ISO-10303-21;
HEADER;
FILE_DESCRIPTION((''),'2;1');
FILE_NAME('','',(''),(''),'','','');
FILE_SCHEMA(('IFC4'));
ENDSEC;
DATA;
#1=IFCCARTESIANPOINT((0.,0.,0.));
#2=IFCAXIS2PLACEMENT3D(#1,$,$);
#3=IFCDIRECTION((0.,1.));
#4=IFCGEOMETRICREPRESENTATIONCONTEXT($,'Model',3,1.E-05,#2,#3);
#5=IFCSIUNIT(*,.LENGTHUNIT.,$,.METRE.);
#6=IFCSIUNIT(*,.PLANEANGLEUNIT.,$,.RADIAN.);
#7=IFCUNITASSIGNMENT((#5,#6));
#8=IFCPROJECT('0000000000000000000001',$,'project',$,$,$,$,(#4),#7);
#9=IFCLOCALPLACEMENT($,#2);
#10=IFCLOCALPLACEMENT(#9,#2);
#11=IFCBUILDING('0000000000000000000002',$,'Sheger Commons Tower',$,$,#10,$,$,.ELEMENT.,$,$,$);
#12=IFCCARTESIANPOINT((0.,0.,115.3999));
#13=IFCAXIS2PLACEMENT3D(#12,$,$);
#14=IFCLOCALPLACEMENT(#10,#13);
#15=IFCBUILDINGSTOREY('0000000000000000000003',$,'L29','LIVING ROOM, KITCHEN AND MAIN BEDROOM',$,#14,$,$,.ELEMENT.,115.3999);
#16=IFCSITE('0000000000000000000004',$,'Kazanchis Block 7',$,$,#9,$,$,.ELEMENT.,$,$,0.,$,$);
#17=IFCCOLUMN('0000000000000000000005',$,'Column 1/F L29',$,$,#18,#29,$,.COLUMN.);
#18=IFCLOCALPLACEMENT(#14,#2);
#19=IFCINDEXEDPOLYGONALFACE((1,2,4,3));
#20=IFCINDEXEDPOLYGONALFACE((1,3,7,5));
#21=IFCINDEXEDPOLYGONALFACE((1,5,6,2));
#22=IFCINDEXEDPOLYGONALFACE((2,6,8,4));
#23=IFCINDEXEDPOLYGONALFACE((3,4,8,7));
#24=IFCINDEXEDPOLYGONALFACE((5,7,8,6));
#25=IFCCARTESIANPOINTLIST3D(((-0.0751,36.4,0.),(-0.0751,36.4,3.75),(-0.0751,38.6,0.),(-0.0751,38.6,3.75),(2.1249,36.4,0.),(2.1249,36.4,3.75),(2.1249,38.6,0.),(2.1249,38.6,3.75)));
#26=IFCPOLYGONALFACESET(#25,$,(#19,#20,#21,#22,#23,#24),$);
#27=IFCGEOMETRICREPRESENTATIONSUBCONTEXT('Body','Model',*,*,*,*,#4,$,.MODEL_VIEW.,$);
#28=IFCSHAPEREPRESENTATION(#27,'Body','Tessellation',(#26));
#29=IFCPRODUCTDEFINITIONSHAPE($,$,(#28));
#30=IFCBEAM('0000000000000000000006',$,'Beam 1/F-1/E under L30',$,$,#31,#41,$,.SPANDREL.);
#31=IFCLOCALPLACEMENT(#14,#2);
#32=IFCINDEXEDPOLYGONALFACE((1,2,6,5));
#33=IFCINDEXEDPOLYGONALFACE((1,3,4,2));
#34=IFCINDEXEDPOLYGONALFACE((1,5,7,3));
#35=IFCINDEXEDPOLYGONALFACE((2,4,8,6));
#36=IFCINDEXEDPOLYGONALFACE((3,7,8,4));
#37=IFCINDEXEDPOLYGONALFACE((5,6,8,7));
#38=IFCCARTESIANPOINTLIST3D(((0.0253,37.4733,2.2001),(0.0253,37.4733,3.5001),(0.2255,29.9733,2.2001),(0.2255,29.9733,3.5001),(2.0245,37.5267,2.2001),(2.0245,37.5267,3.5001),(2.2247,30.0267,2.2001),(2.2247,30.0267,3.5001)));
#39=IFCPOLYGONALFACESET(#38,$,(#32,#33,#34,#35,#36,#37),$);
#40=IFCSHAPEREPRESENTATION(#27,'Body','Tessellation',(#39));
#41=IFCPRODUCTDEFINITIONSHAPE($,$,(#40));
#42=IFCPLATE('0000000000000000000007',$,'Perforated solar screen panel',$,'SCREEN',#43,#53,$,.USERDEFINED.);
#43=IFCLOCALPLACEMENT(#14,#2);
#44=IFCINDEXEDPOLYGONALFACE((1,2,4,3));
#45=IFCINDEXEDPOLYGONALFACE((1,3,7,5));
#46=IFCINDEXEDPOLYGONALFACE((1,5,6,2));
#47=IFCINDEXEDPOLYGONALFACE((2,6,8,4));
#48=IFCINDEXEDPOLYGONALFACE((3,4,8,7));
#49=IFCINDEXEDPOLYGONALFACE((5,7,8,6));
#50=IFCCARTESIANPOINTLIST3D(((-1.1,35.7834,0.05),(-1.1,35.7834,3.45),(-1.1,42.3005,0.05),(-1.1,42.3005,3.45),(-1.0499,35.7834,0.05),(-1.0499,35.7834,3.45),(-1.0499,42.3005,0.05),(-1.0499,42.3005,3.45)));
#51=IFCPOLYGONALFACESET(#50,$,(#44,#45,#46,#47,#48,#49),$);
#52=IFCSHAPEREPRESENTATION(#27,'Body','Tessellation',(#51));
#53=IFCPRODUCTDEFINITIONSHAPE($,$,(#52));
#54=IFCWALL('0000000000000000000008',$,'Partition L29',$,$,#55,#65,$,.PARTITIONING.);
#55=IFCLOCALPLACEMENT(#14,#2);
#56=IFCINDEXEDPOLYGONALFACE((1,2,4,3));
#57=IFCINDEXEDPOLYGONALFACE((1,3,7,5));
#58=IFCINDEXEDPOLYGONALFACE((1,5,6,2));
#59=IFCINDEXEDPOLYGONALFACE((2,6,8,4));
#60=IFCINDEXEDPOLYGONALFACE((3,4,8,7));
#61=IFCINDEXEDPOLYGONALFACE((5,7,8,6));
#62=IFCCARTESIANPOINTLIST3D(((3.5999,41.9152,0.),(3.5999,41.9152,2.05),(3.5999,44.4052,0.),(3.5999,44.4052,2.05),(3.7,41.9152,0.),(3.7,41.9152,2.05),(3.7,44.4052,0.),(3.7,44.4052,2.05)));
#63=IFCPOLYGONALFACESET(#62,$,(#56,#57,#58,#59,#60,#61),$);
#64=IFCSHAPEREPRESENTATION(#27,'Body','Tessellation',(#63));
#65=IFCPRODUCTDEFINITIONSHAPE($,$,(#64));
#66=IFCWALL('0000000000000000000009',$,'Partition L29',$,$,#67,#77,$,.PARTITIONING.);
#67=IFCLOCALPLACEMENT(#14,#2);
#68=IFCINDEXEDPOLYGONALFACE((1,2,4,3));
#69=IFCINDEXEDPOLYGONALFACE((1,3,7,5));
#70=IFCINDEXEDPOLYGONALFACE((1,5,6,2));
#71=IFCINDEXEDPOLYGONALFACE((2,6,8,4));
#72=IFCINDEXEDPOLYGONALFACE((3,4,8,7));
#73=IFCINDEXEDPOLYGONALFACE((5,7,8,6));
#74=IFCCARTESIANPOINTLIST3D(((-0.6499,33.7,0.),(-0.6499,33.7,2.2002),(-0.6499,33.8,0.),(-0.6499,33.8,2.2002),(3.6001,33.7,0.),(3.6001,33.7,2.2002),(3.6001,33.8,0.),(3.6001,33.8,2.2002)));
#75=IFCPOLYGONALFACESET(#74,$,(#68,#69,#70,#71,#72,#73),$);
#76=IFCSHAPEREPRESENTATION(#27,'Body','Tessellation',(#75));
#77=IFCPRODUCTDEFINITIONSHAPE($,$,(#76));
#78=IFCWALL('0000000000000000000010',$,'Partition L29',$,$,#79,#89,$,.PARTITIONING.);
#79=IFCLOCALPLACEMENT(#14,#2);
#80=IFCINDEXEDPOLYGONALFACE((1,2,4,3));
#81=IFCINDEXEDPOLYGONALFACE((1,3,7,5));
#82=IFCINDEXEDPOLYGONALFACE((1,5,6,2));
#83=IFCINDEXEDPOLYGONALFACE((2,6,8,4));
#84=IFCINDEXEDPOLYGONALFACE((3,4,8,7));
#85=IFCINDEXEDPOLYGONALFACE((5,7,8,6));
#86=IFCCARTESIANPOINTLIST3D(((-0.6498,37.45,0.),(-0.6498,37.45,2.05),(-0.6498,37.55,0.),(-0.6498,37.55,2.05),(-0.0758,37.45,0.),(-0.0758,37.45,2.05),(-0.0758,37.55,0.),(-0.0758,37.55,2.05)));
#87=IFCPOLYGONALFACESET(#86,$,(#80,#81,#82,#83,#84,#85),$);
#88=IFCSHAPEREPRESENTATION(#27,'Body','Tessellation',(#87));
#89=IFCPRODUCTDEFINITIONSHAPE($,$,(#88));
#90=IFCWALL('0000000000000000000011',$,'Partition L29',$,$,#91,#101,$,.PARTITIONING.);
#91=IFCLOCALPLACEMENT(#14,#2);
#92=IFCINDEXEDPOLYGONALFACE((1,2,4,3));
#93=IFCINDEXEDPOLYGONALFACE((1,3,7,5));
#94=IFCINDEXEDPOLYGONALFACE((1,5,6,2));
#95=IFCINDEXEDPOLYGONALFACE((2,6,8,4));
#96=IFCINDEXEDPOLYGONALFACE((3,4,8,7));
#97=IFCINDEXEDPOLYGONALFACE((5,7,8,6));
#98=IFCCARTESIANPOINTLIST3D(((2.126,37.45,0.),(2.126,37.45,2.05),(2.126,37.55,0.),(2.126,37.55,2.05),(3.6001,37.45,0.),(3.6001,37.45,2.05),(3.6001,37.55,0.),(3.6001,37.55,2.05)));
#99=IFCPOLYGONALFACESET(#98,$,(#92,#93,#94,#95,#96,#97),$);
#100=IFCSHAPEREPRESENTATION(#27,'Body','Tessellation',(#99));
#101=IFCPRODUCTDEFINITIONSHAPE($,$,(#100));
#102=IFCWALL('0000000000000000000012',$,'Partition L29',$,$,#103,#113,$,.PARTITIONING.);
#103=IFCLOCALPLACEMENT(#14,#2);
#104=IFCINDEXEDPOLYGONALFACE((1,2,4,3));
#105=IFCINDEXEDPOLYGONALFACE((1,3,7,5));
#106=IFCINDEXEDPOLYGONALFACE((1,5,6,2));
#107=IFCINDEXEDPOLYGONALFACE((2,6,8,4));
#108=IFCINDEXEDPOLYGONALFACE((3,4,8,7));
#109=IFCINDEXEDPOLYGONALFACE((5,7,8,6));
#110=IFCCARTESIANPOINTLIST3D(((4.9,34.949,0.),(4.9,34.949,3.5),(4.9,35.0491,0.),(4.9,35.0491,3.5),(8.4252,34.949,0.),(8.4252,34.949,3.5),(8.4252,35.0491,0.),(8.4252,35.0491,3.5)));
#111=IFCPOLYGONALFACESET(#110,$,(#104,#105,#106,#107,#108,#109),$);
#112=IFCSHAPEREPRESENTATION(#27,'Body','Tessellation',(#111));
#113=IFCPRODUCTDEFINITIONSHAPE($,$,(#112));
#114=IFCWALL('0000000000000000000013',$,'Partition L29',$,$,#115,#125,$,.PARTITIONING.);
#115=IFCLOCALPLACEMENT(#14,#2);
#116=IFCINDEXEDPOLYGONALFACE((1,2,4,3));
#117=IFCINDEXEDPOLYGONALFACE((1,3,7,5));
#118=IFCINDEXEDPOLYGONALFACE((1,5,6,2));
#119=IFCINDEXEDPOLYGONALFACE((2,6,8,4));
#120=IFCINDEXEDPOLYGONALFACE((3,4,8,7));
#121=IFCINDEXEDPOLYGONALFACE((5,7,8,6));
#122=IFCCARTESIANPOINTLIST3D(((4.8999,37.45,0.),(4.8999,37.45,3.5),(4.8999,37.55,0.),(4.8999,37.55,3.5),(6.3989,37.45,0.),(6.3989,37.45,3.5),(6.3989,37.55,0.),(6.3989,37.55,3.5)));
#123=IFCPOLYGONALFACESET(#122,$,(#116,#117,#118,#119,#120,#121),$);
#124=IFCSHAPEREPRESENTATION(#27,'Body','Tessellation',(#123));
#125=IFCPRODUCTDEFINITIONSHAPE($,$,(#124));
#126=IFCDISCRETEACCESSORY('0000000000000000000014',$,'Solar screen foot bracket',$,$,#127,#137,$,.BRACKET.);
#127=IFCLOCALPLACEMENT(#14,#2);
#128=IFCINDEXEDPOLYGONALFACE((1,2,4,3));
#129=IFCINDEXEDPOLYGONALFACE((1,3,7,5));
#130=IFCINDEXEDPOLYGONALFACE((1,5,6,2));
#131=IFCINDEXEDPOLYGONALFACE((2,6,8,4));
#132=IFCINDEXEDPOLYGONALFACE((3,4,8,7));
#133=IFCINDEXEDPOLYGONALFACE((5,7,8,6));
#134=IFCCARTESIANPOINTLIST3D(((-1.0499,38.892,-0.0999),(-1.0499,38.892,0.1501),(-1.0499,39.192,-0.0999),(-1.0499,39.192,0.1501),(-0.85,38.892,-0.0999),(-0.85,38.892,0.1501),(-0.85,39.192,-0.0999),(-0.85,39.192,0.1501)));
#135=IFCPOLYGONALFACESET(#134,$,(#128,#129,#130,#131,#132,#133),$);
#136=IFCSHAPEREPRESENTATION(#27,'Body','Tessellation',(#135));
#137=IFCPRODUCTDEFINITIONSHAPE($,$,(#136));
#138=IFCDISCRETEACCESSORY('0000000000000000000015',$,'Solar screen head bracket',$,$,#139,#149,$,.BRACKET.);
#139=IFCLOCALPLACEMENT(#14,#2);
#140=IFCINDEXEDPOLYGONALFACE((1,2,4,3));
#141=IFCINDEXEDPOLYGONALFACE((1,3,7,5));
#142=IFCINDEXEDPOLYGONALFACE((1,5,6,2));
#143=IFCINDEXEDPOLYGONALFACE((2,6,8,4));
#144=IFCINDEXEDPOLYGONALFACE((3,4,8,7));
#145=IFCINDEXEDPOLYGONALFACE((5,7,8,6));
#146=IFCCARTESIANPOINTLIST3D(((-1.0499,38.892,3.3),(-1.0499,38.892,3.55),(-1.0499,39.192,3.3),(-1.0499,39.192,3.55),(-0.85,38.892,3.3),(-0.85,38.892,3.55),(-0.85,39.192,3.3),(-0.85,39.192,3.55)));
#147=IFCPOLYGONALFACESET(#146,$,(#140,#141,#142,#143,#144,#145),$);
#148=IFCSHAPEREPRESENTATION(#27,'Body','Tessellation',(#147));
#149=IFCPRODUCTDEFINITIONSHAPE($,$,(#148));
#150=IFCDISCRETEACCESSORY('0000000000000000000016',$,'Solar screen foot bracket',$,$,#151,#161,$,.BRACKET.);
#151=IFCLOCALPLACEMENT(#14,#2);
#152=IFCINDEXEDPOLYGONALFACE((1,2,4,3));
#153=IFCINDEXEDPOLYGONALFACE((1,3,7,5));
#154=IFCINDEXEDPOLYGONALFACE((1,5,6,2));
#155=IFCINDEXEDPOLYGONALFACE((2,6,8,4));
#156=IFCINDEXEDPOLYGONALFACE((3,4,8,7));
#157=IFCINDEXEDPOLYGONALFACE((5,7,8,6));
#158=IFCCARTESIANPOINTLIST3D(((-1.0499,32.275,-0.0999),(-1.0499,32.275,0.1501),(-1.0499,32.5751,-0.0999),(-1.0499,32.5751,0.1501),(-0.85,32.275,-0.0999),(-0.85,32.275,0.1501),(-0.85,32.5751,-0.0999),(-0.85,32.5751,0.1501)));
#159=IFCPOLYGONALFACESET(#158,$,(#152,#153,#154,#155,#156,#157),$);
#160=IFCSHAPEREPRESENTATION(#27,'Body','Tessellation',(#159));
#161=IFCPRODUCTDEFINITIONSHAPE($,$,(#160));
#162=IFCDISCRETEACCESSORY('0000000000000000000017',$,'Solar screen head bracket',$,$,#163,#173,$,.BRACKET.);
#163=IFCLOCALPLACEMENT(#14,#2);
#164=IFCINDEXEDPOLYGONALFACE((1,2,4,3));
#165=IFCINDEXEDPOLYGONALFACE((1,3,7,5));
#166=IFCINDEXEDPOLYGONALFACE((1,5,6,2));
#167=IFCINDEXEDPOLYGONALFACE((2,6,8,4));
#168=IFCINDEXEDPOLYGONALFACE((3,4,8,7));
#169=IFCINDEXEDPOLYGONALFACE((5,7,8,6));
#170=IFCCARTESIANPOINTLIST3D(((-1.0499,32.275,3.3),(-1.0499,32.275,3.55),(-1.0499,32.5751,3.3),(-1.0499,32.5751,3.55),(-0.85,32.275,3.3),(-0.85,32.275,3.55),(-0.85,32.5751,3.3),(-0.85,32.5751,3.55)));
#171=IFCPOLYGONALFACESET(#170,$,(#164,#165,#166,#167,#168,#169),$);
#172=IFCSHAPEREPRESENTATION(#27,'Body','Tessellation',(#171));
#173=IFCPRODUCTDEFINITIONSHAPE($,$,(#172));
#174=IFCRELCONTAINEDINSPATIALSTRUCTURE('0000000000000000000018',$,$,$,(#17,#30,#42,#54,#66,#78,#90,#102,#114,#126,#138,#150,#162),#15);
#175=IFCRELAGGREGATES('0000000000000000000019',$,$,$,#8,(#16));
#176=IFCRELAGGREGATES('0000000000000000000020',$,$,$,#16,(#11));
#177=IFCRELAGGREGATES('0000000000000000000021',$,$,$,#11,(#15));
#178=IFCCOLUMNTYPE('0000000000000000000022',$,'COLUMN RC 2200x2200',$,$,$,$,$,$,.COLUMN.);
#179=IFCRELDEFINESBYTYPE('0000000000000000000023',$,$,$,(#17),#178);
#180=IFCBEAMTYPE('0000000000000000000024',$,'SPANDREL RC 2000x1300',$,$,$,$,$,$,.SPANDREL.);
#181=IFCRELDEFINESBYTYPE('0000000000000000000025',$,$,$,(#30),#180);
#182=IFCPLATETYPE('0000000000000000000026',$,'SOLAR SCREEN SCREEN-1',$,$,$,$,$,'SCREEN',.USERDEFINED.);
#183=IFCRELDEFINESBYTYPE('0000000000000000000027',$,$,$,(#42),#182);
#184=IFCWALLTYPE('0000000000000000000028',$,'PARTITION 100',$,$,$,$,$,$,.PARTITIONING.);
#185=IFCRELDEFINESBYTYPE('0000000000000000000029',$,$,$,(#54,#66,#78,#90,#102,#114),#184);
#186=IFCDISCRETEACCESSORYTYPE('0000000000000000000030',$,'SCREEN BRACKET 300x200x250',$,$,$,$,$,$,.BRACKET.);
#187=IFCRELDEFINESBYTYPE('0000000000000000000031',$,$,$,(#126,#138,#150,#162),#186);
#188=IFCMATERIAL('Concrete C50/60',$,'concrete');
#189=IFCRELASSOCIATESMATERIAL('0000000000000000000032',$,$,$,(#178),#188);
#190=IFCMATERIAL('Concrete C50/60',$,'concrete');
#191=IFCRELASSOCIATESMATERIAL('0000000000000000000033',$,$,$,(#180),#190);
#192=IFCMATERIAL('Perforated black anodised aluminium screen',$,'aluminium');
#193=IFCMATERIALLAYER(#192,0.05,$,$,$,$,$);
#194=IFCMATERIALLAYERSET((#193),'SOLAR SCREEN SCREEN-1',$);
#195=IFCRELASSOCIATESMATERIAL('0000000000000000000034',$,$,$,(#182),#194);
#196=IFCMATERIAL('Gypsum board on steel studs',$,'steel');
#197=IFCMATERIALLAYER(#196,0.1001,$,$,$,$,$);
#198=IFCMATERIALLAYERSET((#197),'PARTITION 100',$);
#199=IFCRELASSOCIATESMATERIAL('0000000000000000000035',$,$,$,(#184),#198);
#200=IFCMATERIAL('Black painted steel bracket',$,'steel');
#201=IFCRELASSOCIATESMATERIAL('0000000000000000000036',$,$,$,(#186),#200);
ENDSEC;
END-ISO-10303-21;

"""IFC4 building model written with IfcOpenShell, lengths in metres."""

from ifc_helpers import new_model, si_unit, direction, frame, frame_2d, origin, origin_2d, place, context, subcontext, project, spatial, rectangle, extrude, material, layer, layer_set, material_profile, profile_set, type_object, element, save


model = new_model("IFC4")

# Units and contexts
model_context = context("Model", 3, precision=1e-05, world=origin(), true_north=direction((0.0, 1.0)))
body_context = subcontext(model_context, "Body", "Model", "MODEL_VIEW")
ifc_project = project(units=[si_unit("LENGTHUNIT", "METRE"), si_unit("PLANEANGLEUNIT", "RADIAN")], contexts=[model_context])

# Site, building, storey
site_placement = place(None, origin())
site = spatial("IfcSite", under=ifc_project, at=site_placement, Name="Kazanchis Block 7", CompositionType="ELEMENT", RefElevation=0.0)
building_placement = place(site_placement, origin())
building = spatial("IfcBuilding", under=site, at=building_placement, Name="Sheger Commons Tower", CompositionType="ELEMENT")
storey_placement = place(building_placement, frame((0.0, 0.0, 115.3999)))
storey = spatial("IfcBuildingStorey", under=building, at=storey_placement, Name="L29", Description="LIVING ROOM, KITCHEN AND MAIN BEDROOM", CompositionType="ELEMENT", Elevation=115.3999)

# Column
ifc_material_1 = material(Name="Concrete C50/60", Category="concrete")
ifc_material_profile_1 = material_profile(ifc_material_1, rectangle(XDim=2.2, YDim=2.2, at=origin_2d()), Name="RC 2200x2200")
ifc_profile_set_1 = profile_set([ifc_material_profile_1], Name="Concrete C50/60")
column_type = type_object("IfcColumnType", Name="COLUMN RC 2200x2200", PredefinedType="COLUMN", material=ifc_profile_set_1)
column_placement = place(storey_placement, frame((1.0249, 37.5, 0.0), z_axis=(0.0, 0.0, 1.0), x_axis=(1.0, 0.0, 0.0)))
element("IfcColumn", 1, at=column_placement, inside=storey, type_object=column_type, Name="Column 1/F L29", PredefinedType="COLUMN", context=body_context, shape_type="SweptSolid", body=[
    extrude(rectangle(XDim=2.2, YDim=2.2, at=origin_2d()), origin(), (0.0, 0.0, 1.0), 3.75),
])

# Beam
ifc_material_2 = material(Name="Concrete C50/60", Category="concrete")
ifc_material_profile_2 = material_profile(ifc_material_2, rectangle(XDim=2.0, YDim=1.3, at=origin_2d()), Name="RC 2000x1300")
ifc_profile_set_2 = profile_set([ifc_material_profile_2], Name="Concrete C50/60")
beam_type = type_object("IfcBeamType", Name="SPANDREL RC 2000x1300", PredefinedType="SPANDREL", material=ifc_profile_set_2)
beam_placement = place(storey_placement, frame((1.0249, 37.5, 2.8501), z_axis=(0.026683, -0.999644, 0.0), x_axis=(0.999644, 0.026683, 0.0)))
element("IfcBeam", 2, at=beam_placement, inside=storey, type_object=beam_type, Name="Beam 1/F-1/E under L30", PredefinedType="SPANDREL", context=body_context, shape_type="SweptSolid", body=[
    extrude(rectangle(XDim=2.0, YDim=1.3, at=origin_2d()), origin(), (0.0, 0.0, 1.0), 7.5027),
])

# Plate
ifc_material_3 = material(Name="Perforated black anodised aluminium screen", Category="aluminium")
ifc_layer_1 = layer(ifc_material_3, 0.05)
ifc_layer_set_1 = layer_set([ifc_layer_1], Name="SOLAR SCREEN SCREEN-1")
plate_type = type_object("IfcPlateType", Name="SOLAR SCREEN SCREEN-1", ElementType="SCREEN", PredefinedType="USERDEFINED", material=ifc_layer_set_1)
plate_placement = place(storey_placement, frame((-1.075, 39.042, 0.05), z_axis=(0.0, 0.0, 1.0), x_axis=(0.0, -1.0, 0.0)))
element("IfcPlate", 3, at=plate_placement, inside=storey, type_object=plate_type, Name="Perforated solar screen panel", ObjectType="SCREEN", PredefinedType="USERDEFINED", context=body_context, shape_type="SweptSolid", body=[
    extrude(rectangle(XDim=6.5171, YDim=0.05, at=origin_2d()), origin(), (0.0, 0.0, 1.0), 3.3999),
])

# Walls
ifc_material_4 = material(Name="Gypsum board on steel studs", Category="steel")
ifc_layer_2 = layer(ifc_material_4, 0.1001)
ifc_layer_set_2 = layer_set([ifc_layer_2], Name="PARTITION 100")
wall_type = type_object("IfcWallType", Name="PARTITION 100", PredefinedType="PARTITIONING", material=ifc_layer_set_2)
wall_1_placement = place(storey_placement, frame((3.6499, 41.915, 0.0), z_axis=(0.0, 0.0, 1.0), x_axis=(0.0, 1.0, 0.0)))
element("IfcWall", 4, at=wall_1_placement, inside=storey, type_object=wall_type, Name="Partition L29", PredefinedType="PARTITIONING", context=body_context, shape_type="SweptSolid", body=[
    extrude(rectangle(XDim=2.49, YDim=0.1001, at=frame_2d((1.2451, 0.0))), origin(), (0.0, 0.0, 1.0), 2.05),
])
wall_2_placement = place(storey_placement, frame((-0.6499, 33.75, 0.0), z_axis=(0.0, 0.0, 1.0), x_axis=(1.0, 0.0, 0.0)))
element("IfcWall", 5, at=wall_2_placement, inside=storey, type_object=wall_type, Name="Partition L29", PredefinedType="PARTITIONING", context=body_context, shape_type="SweptSolid", body=[
    extrude(rectangle(XDim=4.25, YDim=0.1001, at=frame_2d((2.125, 0.0))), origin(), (0.0, 0.0, 1.0), 2.2002),
])
wall_3_placement = place(storey_placement, frame((-0.6499, 37.5, 0.0), z_axis=(0.0, 0.0, 1.0), x_axis=(1.0, 0.0, 0.0)))
element("IfcWall", 6, at=wall_3_placement, inside=storey, type_object=wall_type, Name="Partition L29", PredefinedType="PARTITIONING", context=body_context, shape_type="SweptSolid", body=[
    extrude(rectangle(XDim=0.574, YDim=0.1001, at=frame_2d((0.2871, 0.0))), origin(), (0.0, 0.0, 1.0), 2.05),
])
wall_4_placement = place(storey_placement, frame((2.126, 37.5, 0.0), z_axis=(0.0, 0.0, 1.0), x_axis=(1.0, 0.0, 0.0)))
element("IfcWall", 7, at=wall_4_placement, inside=storey, type_object=wall_type, Name="Partition L29", PredefinedType="PARTITIONING", context=body_context, shape_type="SweptSolid", body=[
    extrude(rectangle(XDim=1.4741, YDim=0.1001, at=frame_2d((0.7371, 0.0))), origin(), (0.0, 0.0, 1.0), 2.05),
])
wall_5_placement = place(storey_placement, frame((4.8999, 34.999, 0.0), z_axis=(0.0, 0.0, 1.0), x_axis=(1.0, 0.0, 0.0)))
element("IfcWall", 8, at=wall_5_placement, inside=storey, type_object=wall_type, Name="Partition L29", PredefinedType="PARTITIONING", context=body_context, shape_type="SweptSolid", body=[
    extrude(rectangle(XDim=3.5251, YDim=0.1001, at=frame_2d((1.7627, 0.0))), origin(), (0.0, 0.0, 1.0), 3.5),
])
wall_6_placement = place(storey_placement, frame((4.8999, 37.5, 0.0), z_axis=(0.0, 0.0, 1.0), x_axis=(1.0, 0.0, 0.0)))
element("IfcWall", 9, at=wall_6_placement, inside=storey, type_object=wall_type, Name="Partition L29", PredefinedType="PARTITIONING", context=body_context, shape_type="SweptSolid", body=[
    extrude(rectangle(XDim=1.499, YDim=0.1001, at=frame_2d((0.7495, 0.0))), origin(), (0.0, 0.0, 1.0), 3.5),
])

# Discrete accessories
ifc_material_5 = material(Name="Black painted steel bracket", Category="steel")
discrete_accessory_type = type_object("IfcDiscreteAccessoryType", Name="SCREEN BRACKET 300x200x250", PredefinedType="BRACKET", material=ifc_material_5)
for number, where, z_axis, x_axis, name in (
    (10, (-0.95, 39.042, -0.0999), (0.0, 0.0, 1.0), (0.0, -1.0, 0.0), "Solar screen foot bracket"),
    (11, (-0.95, 39.042, 3.3), (0.0, 0.0, 1.0), (0.0, -1.0, 0.0), "Solar screen head bracket"),
    (12, (-0.95, 32.425, -0.0999), (0.0, 0.0, 1.0), (0.0, -1.0, 0.0), "Solar screen foot bracket"),
    (13, (-0.95, 32.425, 3.3), (0.0, 0.0, 1.0), (0.0, -1.0, 0.0), "Solar screen head bracket"),
):
    element("IfcDiscreteAccessory", number, at=place(storey_placement, frame(where, z_axis=z_axis, x_axis=x_axis)), inside=storey, type_object=discrete_accessory_type, Name=name, PredefinedType="BRACKET", context=body_context, shape_type="SweptSolid", body=[
        extrude(rectangle(XDim=0.3, YDim=0.2, at=origin_2d()), origin(), (0.0, 0.0, 1.0), 0.25),
    ])

save(model, "model.ifc")
